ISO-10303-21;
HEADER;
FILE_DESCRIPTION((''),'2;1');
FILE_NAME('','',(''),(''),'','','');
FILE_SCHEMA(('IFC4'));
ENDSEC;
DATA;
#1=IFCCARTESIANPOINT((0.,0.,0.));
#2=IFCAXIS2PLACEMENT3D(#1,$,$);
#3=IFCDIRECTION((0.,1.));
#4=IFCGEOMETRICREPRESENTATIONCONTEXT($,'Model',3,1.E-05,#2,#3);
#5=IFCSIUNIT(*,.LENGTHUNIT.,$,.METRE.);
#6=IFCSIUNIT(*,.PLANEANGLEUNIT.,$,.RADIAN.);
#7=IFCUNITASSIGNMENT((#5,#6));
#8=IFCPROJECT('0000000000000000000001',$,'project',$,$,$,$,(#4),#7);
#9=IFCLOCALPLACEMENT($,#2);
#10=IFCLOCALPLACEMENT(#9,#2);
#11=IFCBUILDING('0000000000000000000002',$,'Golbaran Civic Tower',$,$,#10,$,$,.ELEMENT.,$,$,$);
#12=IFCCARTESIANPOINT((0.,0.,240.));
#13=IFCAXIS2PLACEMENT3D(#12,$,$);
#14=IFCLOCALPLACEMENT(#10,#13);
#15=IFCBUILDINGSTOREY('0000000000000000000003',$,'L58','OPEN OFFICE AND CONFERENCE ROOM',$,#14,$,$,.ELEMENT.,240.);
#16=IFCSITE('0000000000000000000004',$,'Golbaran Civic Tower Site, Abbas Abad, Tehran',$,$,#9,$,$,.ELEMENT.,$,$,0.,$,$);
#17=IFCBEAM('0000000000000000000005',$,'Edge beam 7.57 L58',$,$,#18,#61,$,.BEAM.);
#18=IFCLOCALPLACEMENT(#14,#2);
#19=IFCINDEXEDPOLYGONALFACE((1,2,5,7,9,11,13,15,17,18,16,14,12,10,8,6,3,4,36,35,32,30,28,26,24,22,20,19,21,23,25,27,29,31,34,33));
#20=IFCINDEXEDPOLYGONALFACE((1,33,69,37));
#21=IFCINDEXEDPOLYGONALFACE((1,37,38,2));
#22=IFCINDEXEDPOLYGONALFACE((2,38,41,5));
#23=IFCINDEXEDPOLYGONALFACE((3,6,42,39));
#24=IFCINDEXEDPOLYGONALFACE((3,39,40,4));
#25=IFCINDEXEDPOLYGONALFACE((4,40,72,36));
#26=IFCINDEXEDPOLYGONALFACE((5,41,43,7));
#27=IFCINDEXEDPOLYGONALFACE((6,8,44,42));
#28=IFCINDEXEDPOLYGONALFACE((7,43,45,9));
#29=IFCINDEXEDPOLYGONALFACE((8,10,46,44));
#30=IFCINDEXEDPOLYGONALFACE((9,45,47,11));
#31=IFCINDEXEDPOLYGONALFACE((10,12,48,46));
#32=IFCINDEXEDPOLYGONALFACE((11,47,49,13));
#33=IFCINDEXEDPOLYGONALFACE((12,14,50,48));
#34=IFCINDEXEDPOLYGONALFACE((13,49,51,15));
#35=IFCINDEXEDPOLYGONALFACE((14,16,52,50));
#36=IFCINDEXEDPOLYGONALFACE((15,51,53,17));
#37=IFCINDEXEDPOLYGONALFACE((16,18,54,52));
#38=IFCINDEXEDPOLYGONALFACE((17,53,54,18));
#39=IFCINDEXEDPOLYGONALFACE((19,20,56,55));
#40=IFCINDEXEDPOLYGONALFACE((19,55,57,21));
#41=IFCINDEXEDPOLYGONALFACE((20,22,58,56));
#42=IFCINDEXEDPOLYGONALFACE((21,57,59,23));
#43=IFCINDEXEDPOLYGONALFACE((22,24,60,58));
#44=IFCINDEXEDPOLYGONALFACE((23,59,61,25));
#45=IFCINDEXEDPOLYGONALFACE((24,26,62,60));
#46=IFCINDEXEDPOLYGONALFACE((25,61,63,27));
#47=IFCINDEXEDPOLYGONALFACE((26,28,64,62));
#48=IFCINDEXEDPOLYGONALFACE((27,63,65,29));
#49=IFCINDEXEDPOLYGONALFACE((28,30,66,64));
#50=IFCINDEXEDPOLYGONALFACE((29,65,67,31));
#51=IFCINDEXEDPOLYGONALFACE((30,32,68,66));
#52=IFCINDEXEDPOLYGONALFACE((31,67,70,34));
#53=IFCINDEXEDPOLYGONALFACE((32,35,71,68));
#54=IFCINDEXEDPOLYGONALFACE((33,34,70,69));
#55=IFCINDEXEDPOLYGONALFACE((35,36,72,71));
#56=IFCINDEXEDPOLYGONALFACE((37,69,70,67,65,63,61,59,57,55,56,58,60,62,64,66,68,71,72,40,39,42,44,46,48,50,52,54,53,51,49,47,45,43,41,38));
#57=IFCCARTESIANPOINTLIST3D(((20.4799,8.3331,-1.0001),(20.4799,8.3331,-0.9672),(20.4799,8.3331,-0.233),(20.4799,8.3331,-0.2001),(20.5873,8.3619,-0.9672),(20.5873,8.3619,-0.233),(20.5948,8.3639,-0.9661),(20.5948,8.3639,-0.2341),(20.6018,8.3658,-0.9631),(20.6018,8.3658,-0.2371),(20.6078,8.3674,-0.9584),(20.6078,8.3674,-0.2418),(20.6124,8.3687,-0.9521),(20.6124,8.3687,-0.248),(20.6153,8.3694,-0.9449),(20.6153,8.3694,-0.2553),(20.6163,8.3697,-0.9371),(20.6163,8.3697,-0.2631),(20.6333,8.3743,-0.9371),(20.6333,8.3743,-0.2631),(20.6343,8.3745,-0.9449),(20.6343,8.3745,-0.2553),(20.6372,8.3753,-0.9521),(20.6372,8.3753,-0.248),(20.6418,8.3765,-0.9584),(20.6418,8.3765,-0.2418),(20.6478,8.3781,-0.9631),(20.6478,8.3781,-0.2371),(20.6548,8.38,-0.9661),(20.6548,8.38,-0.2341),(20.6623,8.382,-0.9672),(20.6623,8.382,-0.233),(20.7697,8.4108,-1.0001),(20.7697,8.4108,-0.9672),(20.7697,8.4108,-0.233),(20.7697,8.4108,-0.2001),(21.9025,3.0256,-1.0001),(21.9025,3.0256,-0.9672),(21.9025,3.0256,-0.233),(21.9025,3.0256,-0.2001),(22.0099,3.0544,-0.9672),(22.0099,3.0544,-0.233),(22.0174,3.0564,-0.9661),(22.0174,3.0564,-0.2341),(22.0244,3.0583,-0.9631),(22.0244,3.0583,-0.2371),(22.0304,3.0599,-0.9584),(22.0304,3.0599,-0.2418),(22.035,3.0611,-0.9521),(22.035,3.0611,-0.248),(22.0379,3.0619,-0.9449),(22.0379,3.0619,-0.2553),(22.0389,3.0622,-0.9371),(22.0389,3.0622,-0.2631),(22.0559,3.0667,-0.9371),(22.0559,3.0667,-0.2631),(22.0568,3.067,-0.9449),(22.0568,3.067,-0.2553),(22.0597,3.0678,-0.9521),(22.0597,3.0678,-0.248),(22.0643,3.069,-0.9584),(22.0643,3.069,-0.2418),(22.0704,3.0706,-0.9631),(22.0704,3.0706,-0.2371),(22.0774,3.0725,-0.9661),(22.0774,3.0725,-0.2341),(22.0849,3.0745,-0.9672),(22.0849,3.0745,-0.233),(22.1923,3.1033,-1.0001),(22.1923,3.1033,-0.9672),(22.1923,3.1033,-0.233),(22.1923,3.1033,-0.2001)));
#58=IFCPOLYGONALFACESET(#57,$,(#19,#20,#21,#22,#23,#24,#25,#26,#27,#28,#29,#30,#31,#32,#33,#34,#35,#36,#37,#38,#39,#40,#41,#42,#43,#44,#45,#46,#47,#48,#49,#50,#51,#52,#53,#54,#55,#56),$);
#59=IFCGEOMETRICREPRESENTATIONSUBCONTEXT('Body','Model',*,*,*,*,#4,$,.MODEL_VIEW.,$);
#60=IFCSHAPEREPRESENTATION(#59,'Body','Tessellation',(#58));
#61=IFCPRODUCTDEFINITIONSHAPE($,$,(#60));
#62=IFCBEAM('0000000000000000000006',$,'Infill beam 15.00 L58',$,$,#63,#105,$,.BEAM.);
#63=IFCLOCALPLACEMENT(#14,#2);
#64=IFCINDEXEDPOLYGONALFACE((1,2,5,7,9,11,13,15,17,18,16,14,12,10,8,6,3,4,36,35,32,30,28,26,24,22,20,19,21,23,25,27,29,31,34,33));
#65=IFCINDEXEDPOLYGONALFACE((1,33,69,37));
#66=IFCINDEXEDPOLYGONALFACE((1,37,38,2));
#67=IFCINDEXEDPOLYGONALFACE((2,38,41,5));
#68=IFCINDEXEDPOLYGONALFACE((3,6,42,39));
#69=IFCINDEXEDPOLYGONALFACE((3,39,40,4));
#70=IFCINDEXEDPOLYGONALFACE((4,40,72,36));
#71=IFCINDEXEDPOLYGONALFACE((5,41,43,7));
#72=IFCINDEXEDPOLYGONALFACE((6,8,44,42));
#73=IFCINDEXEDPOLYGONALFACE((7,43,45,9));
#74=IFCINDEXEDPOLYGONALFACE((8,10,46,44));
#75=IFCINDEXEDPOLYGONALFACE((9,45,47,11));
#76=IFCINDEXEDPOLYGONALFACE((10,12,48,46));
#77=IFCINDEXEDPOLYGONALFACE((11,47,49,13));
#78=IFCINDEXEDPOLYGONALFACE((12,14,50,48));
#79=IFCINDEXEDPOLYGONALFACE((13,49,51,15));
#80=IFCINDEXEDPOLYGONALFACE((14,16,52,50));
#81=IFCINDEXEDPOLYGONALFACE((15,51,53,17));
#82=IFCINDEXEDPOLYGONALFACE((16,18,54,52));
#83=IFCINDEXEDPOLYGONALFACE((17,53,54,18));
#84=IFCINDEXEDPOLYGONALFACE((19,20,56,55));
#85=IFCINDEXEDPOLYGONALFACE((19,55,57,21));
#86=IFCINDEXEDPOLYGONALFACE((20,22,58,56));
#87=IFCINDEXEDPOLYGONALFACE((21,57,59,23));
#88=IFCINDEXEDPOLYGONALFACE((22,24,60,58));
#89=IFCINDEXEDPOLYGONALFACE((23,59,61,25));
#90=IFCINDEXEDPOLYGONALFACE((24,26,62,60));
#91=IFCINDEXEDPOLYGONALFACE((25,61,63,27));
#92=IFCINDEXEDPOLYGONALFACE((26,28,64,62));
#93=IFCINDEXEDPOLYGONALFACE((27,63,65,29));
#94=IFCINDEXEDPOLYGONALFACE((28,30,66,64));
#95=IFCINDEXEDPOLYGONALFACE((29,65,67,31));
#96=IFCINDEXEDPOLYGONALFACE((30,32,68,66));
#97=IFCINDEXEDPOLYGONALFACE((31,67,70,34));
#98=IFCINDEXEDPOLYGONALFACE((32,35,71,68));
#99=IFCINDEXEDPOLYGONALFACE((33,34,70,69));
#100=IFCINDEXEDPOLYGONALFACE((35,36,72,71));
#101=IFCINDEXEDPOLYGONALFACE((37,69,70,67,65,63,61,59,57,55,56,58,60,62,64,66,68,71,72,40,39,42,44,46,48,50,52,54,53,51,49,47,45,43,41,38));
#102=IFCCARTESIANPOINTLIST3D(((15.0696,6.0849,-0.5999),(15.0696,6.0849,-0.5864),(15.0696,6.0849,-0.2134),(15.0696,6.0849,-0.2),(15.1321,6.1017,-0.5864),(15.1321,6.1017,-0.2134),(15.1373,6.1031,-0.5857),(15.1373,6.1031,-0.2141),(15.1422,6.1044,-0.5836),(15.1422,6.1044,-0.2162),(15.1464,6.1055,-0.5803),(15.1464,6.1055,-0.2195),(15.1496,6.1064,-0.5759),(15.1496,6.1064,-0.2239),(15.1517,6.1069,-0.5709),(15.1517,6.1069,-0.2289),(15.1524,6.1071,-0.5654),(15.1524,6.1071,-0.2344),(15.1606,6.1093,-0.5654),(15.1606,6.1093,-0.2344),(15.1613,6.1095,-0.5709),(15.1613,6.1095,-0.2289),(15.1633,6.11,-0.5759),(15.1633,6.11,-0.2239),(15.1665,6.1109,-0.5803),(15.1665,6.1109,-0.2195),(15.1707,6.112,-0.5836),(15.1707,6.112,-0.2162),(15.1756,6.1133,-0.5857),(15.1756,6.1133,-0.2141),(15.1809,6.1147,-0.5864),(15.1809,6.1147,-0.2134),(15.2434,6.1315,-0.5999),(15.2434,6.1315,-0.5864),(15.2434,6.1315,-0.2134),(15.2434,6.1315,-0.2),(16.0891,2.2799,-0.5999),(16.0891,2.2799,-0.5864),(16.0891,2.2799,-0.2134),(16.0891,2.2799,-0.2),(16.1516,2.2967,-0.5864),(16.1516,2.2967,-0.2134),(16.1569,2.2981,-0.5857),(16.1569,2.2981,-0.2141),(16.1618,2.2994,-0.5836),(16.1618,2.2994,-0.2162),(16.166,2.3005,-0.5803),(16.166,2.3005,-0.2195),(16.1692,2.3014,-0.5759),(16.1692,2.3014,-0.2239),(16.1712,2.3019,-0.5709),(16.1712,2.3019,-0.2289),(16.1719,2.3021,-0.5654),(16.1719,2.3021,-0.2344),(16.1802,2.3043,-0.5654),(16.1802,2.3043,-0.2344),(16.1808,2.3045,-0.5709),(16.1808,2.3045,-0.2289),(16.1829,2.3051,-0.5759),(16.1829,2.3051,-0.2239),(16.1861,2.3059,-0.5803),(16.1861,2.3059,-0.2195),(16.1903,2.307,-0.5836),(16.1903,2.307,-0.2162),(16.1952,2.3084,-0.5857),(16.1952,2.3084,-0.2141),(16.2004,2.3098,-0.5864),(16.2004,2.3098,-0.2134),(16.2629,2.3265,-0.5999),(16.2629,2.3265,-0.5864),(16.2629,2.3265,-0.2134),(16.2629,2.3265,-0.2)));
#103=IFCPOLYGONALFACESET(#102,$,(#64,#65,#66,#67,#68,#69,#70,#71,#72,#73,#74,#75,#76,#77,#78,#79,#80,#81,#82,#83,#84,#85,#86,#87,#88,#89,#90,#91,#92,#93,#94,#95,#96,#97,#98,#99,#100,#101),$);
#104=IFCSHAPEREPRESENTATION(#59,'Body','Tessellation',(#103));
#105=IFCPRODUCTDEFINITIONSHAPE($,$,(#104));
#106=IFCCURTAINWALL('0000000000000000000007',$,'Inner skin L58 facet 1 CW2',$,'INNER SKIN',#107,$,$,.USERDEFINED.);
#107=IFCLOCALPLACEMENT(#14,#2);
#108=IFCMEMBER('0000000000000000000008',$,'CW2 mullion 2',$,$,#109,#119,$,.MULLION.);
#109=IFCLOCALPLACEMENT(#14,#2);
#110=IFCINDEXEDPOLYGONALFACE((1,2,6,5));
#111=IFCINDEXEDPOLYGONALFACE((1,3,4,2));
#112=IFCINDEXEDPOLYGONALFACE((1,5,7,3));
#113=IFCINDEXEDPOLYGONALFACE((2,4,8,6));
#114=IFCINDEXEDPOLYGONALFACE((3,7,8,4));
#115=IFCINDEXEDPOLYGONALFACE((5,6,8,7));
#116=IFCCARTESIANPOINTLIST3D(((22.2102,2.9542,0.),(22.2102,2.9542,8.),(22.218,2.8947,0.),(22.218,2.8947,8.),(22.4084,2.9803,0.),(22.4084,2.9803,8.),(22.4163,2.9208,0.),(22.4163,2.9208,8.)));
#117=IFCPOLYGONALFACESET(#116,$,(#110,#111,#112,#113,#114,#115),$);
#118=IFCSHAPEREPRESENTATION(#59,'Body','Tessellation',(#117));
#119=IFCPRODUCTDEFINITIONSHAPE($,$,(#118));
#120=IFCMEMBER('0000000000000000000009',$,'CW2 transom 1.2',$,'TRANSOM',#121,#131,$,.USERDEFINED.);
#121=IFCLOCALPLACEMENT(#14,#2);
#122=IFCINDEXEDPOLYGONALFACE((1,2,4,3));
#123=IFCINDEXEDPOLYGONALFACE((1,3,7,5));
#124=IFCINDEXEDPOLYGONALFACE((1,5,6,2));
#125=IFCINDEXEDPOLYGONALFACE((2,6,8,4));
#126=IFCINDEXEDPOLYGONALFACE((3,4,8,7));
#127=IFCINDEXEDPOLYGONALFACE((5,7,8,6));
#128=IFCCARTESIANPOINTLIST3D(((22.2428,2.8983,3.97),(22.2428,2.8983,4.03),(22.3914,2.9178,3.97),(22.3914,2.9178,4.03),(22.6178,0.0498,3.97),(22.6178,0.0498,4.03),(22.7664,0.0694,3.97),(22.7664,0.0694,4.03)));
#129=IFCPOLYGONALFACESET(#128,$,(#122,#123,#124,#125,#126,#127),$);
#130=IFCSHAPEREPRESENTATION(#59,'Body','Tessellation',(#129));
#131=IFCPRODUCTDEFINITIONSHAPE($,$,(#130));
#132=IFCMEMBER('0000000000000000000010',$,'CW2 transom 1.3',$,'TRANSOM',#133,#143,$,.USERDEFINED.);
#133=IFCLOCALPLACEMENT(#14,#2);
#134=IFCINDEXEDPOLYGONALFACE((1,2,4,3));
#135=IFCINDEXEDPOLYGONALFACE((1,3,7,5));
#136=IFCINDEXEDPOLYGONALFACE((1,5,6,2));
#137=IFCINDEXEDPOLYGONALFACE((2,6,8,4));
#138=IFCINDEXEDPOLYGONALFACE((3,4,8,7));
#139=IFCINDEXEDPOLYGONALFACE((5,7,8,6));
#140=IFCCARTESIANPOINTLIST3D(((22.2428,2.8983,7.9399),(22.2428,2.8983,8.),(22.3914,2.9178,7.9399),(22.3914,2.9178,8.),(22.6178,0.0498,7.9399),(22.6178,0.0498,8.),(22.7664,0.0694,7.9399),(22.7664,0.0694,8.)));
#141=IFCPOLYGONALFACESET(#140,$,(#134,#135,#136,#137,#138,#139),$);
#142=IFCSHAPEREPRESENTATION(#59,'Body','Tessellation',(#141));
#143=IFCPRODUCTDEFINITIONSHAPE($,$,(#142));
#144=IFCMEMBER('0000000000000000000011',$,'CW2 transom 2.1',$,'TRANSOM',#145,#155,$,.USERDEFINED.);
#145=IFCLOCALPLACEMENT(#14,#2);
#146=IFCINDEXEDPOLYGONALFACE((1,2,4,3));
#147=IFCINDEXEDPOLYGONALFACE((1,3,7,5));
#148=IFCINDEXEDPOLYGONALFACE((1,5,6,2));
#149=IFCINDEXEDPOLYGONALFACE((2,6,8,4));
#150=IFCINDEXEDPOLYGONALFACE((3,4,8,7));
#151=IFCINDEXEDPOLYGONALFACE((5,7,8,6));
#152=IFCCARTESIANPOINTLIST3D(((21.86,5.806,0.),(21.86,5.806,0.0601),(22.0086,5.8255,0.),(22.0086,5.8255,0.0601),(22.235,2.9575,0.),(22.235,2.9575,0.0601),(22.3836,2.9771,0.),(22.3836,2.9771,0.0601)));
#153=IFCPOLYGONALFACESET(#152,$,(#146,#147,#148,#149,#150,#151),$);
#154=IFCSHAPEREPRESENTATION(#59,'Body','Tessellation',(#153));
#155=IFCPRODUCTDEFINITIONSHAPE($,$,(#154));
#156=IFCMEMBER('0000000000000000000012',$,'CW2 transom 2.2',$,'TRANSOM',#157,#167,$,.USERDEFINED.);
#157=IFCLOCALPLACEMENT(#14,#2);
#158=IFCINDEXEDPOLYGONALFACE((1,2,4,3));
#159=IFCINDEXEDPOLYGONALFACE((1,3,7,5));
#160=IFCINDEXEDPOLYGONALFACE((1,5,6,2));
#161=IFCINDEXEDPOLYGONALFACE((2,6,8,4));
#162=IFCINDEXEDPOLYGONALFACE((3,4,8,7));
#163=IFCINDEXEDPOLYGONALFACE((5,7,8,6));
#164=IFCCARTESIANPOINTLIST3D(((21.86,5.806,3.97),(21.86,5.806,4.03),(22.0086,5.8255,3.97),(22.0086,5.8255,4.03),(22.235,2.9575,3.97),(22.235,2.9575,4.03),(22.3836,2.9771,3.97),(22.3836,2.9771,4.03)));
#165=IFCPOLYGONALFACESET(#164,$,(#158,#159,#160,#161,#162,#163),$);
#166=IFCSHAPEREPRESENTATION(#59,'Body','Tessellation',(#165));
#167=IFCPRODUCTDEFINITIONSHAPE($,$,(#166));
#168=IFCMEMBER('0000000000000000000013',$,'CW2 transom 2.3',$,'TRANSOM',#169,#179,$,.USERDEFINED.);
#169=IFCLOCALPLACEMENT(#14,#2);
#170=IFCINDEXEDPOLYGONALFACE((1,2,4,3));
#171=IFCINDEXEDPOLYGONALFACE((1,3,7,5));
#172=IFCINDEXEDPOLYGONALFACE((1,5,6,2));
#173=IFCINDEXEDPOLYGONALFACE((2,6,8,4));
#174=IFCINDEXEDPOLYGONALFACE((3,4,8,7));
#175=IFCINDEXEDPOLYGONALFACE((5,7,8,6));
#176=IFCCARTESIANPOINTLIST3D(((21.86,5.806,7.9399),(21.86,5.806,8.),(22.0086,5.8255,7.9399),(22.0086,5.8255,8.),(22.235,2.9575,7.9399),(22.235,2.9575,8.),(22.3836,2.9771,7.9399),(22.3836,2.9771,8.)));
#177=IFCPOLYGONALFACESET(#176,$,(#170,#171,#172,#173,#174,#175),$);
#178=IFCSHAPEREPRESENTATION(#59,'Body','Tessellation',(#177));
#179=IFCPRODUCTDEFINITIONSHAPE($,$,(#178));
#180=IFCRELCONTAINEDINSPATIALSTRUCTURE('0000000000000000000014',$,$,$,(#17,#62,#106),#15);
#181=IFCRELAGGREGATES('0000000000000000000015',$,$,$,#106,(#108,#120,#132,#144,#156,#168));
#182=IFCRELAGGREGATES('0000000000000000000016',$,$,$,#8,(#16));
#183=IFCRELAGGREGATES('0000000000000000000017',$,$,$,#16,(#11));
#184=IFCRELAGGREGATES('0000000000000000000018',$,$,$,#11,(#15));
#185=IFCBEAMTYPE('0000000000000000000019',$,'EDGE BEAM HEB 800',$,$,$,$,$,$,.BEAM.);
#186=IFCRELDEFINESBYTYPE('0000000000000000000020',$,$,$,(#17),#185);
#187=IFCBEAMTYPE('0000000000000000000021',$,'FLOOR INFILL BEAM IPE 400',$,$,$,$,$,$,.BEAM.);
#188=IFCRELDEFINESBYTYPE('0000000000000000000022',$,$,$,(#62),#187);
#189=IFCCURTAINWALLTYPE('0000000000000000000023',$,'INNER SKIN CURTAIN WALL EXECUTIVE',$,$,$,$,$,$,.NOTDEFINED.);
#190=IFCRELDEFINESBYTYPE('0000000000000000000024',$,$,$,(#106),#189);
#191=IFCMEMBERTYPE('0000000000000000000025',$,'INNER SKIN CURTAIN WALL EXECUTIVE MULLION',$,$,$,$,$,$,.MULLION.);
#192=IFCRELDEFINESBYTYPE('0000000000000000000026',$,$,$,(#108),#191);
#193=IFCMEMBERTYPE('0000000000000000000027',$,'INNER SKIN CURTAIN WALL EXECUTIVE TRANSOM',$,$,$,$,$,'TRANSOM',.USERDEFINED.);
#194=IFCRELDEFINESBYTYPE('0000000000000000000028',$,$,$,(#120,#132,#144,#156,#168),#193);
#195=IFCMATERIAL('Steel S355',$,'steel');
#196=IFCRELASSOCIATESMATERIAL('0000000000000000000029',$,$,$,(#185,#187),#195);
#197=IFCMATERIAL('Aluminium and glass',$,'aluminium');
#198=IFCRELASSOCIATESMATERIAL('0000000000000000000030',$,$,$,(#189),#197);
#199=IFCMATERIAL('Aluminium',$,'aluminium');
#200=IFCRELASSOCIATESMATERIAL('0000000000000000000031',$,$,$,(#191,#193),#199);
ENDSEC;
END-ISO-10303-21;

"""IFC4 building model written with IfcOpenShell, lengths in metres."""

from ifc_helpers import new_model, si_unit, direction, frame, origin, origin_2d, place, context, subcontext, project, spatial, rectangle, i_section, extrude, material, material_profile, profile_set, type_object, element, aggregate, save


model = new_model("IFC4")

# Units and contexts
model_context = context("Model", 3, precision=1e-05, world=origin(), true_north=direction((0.0, 1.0)))
body_context = subcontext(model_context, "Body", "Model", "MODEL_VIEW")
ifc_project = project(units=[si_unit("LENGTHUNIT", "METRE"), si_unit("PLANEANGLEUNIT", "RADIAN")], contexts=[model_context])

# Site, building, storey
site_placement = place(None, origin())
site = spatial("IfcSite", under=ifc_project, at=site_placement, Name="Golbaran Civic Tower Site, Abbas Abad, Tehran", CompositionType="ELEMENT", RefElevation=0.0)
building_placement = place(site_placement, origin())
building = spatial("IfcBuilding", under=site, at=building_placement, Name="Golbaran Civic Tower", CompositionType="ELEMENT")
storey_placement = place(building_placement, frame((0.0, 0.0, 240.0)))
storey = spatial("IfcBuildingStorey", under=building, at=storey_placement, Name="L58", Description="OPEN OFFICE AND CONFERENCE ROOM", CompositionType="ELEMENT", Elevation=240.0)

# Beams
ifc_material_1 = material(Name="Steel S355", Category="steel")
ifc_material_profile_1 = material_profile(ifc_material_1, i_section(OverallWidth=0.3, OverallDepth=0.8, WebThickness=0.0176, FlangeThickness=0.033, FilletRadius=0.03, at=origin_2d()), Name="HEB 800")
ifc_profile_set_1 = profile_set([ifc_material_profile_1], Name="Steel S355")
beam_type_1 = type_object("IfcBeamType", Name="EDGE BEAM HEB 800", PredefinedType="BEAM", material=ifc_profile_set_1)
beam_1_placement = place(storey_placement, frame((22.0474, 3.0645, -0.6001), z_axis=(-0.258893, 0.965906, 0.0), x_axis=(-0.965906, -0.258893, 0.0)))
element("IfcBeam", 1, at=beam_1_placement, inside=storey, type_object=beam_type_1, Name="Edge beam 7.57 L58", PredefinedType="BEAM", context=body_context, shape_type="SweptSolid", body=[
    extrude(i_section(OverallWidth=0.3, OverallDepth=0.8, WebThickness=0.0176, FlangeThickness=0.033, FilletRadius=0.03, at=origin_2d()), origin(), (0.0, 0.0, 1.0), 5.4949),
])
ifc_material_profile_2 = material_profile(ifc_material_1, i_section(OverallWidth=0.1799, OverallDepth=0.3999, WebThickness=0.0085, FlangeThickness=0.0134, FilletRadius=0.021, at=origin_2d()), Name="IPE 400")
ifc_profile_set_2 = profile_set([ifc_material_profile_2], Name="Steel S355")
beam_type_2 = type_object("IfcBeamType", Name="FLOOR INFILL BEAM IPE 400", PredefinedType="BEAM", material=ifc_profile_set_2)
beam_2_placement = place(storey_placement, frame((16.176, 2.3032, -0.3999), z_axis=(-0.25882, 0.965926, 0.0), x_axis=(-0.965926, -0.25882, 0.0)))
element("IfcBeam", 2, at=beam_2_placement, inside=storey, type_object=beam_type_2, Name="Infill beam 15.00 L58", PredefinedType="BEAM", context=body_context, shape_type="SweptSolid", body=[
    extrude(i_section(OverallWidth=0.1799, OverallDepth=0.3999, WebThickness=0.0085, FlangeThickness=0.0134, FilletRadius=0.021, at=origin_2d()), origin(), (0.0, 0.0, 1.0), 3.9392),
])

# Curtain wall, members
ifc_material_2 = material(Name="Aluminium and glass", Category="aluminium")
curtain_wall_type = type_object("IfcCurtainWallType", Name="INNER SKIN CURTAIN WALL EXECUTIVE", PredefinedType="NOTDEFINED", material=ifc_material_2)
curtain_wall_placement = place(storey_placement, origin())
curtain_wall = element("IfcCurtainWall", 3, at=curtain_wall_placement, inside=storey, type_object=curtain_wall_type, Name="Inner skin L58 facet 1 CW2", ObjectType="INNER SKIN", PredefinedType="USERDEFINED")
ifc_material_3 = material(Name="Aluminium", Category="aluminium")
ifc_material_profile_3 = material_profile(ifc_material_3, rectangle(XDim=0.2, YDim=0.0601, at=origin_2d()), Name="INNER SKIN CURTAIN WALL EXECUTIVE MULLION")
ifc_profile_set_3 = profile_set([ifc_material_profile_3], Name="Aluminium")
member_type_1 = type_object("IfcMemberType", Name="INNER SKIN CURTAIN WALL EXECUTIVE MULLION", PredefinedType="MULLION", material=ifc_profile_set_3)
member_1_placement = place(storey_placement, frame((22.3132, 2.9375, 0.0), z_axis=(0.0, 0.0, 1.0), x_axis=(-0.991445, -0.130526, 0.0)))
member_1 = element("IfcMember", 4, at=member_1_placement, type_object=member_type_1, Name="CW2 mullion 2", PredefinedType="MULLION", context=body_context, shape_type="SweptSolid", body=[
    extrude(rectangle(XDim=0.2, YDim=0.0601, at=origin_2d()), origin(), (0.0, 0.0, 1.0), 8.0),
])
ifc_material_profile_4 = material_profile(ifc_material_3, rectangle(XDim=0.1499, YDim=0.0601, at=origin_2d()), Name="INNER SKIN CURTAIN WALL EXECUTIVE TRANSOM")
ifc_profile_set_4 = profile_set([ifc_material_profile_4], Name="Aluminium")
member_type_2 = type_object("IfcMemberType", Name="INNER SKIN CURTAIN WALL EXECUTIVE TRANSOM", ElementType="TRANSOM", PredefinedType="USERDEFINED", material=ifc_profile_set_4)
member_2_placement = place(storey_placement, frame((22.6921, 0.0596, 4.0), z_axis=(-0.130527, 0.991445, 0.0), x_axis=(-0.991445, -0.130527, 0.0)))
member_2 = element("IfcMember", 5, at=member_2_placement, type_object=member_type_2, Name="CW2 transom 1.2", ObjectType="TRANSOM", PredefinedType="USERDEFINED", context=body_context, shape_type="SweptSolid", body=[
    extrude(rectangle(XDim=0.1499, YDim=0.0601, at=origin_2d()), origin(), (0.0, 0.0, 1.0), 2.873),
])
member_3_placement = place(storey_placement, frame((22.6921, 0.0596, 7.97), z_axis=(-0.130527, 0.991445, 0.0), x_axis=(-0.991445, -0.130527, 0.0)))
member_3 = element("IfcMember", 6, at=member_3_placement, type_object=member_type_2, Name="CW2 transom 1.3", ObjectType="TRANSOM", PredefinedType="USERDEFINED", context=body_context, shape_type="SweptSolid", body=[
    extrude(rectangle(XDim=0.1499, YDim=0.0601, at=origin_2d()), origin(), (0.0, 0.0, 1.0), 2.873),
])
member_4_placement = place(storey_placement, frame((22.3093, 2.9673, 0.03), z_axis=(-0.130527, 0.991445, 0.0), x_axis=(-0.991445, -0.130527, 0.0)))
member_4 = element("IfcMember", 7, at=member_4_placement, type_object=member_type_2, Name="CW2 transom 2.1", ObjectType="TRANSOM", PredefinedType="USERDEFINED", context=body_context, shape_type="SweptSolid", body=[
    extrude(rectangle(XDim=0.1499, YDim=0.0601, at=origin_2d()), origin(), (0.0, 0.0, 1.0), 2.873),
])
member_5_placement = place(storey_placement, frame((22.3093, 2.9673, 4.0), z_axis=(-0.130527, 0.991445, 0.0), x_axis=(-0.991445, -0.130527, 0.0)))
member_5 = element("IfcMember", 8, at=member_5_placement, type_object=member_type_2, Name="CW2 transom 2.2", ObjectType="TRANSOM", PredefinedType="USERDEFINED", context=body_context, shape_type="SweptSolid", body=[
    extrude(rectangle(XDim=0.1499, YDim=0.0601, at=origin_2d()), origin(), (0.0, 0.0, 1.0), 2.873),
])
member_6_placement = place(storey_placement, frame((22.3093, 2.9673, 7.97), z_axis=(-0.130527, 0.991445, 0.0), x_axis=(-0.991445, -0.130527, 0.0)))
member_6 = element("IfcMember", 9, at=member_6_placement, type_object=member_type_2, Name="CW2 transom 2.3", ObjectType="TRANSOM", PredefinedType="USERDEFINED", context=body_context, shape_type="SweptSolid", body=[
    extrude(rectangle(XDim=0.1499, YDim=0.0601, at=origin_2d()), origin(), (0.0, 0.0, 1.0), 2.873),
])
aggregate(curtain_wall, [member_1, member_2, member_3, member_4, member_5, member_6])

save(model, "model.ifc")
